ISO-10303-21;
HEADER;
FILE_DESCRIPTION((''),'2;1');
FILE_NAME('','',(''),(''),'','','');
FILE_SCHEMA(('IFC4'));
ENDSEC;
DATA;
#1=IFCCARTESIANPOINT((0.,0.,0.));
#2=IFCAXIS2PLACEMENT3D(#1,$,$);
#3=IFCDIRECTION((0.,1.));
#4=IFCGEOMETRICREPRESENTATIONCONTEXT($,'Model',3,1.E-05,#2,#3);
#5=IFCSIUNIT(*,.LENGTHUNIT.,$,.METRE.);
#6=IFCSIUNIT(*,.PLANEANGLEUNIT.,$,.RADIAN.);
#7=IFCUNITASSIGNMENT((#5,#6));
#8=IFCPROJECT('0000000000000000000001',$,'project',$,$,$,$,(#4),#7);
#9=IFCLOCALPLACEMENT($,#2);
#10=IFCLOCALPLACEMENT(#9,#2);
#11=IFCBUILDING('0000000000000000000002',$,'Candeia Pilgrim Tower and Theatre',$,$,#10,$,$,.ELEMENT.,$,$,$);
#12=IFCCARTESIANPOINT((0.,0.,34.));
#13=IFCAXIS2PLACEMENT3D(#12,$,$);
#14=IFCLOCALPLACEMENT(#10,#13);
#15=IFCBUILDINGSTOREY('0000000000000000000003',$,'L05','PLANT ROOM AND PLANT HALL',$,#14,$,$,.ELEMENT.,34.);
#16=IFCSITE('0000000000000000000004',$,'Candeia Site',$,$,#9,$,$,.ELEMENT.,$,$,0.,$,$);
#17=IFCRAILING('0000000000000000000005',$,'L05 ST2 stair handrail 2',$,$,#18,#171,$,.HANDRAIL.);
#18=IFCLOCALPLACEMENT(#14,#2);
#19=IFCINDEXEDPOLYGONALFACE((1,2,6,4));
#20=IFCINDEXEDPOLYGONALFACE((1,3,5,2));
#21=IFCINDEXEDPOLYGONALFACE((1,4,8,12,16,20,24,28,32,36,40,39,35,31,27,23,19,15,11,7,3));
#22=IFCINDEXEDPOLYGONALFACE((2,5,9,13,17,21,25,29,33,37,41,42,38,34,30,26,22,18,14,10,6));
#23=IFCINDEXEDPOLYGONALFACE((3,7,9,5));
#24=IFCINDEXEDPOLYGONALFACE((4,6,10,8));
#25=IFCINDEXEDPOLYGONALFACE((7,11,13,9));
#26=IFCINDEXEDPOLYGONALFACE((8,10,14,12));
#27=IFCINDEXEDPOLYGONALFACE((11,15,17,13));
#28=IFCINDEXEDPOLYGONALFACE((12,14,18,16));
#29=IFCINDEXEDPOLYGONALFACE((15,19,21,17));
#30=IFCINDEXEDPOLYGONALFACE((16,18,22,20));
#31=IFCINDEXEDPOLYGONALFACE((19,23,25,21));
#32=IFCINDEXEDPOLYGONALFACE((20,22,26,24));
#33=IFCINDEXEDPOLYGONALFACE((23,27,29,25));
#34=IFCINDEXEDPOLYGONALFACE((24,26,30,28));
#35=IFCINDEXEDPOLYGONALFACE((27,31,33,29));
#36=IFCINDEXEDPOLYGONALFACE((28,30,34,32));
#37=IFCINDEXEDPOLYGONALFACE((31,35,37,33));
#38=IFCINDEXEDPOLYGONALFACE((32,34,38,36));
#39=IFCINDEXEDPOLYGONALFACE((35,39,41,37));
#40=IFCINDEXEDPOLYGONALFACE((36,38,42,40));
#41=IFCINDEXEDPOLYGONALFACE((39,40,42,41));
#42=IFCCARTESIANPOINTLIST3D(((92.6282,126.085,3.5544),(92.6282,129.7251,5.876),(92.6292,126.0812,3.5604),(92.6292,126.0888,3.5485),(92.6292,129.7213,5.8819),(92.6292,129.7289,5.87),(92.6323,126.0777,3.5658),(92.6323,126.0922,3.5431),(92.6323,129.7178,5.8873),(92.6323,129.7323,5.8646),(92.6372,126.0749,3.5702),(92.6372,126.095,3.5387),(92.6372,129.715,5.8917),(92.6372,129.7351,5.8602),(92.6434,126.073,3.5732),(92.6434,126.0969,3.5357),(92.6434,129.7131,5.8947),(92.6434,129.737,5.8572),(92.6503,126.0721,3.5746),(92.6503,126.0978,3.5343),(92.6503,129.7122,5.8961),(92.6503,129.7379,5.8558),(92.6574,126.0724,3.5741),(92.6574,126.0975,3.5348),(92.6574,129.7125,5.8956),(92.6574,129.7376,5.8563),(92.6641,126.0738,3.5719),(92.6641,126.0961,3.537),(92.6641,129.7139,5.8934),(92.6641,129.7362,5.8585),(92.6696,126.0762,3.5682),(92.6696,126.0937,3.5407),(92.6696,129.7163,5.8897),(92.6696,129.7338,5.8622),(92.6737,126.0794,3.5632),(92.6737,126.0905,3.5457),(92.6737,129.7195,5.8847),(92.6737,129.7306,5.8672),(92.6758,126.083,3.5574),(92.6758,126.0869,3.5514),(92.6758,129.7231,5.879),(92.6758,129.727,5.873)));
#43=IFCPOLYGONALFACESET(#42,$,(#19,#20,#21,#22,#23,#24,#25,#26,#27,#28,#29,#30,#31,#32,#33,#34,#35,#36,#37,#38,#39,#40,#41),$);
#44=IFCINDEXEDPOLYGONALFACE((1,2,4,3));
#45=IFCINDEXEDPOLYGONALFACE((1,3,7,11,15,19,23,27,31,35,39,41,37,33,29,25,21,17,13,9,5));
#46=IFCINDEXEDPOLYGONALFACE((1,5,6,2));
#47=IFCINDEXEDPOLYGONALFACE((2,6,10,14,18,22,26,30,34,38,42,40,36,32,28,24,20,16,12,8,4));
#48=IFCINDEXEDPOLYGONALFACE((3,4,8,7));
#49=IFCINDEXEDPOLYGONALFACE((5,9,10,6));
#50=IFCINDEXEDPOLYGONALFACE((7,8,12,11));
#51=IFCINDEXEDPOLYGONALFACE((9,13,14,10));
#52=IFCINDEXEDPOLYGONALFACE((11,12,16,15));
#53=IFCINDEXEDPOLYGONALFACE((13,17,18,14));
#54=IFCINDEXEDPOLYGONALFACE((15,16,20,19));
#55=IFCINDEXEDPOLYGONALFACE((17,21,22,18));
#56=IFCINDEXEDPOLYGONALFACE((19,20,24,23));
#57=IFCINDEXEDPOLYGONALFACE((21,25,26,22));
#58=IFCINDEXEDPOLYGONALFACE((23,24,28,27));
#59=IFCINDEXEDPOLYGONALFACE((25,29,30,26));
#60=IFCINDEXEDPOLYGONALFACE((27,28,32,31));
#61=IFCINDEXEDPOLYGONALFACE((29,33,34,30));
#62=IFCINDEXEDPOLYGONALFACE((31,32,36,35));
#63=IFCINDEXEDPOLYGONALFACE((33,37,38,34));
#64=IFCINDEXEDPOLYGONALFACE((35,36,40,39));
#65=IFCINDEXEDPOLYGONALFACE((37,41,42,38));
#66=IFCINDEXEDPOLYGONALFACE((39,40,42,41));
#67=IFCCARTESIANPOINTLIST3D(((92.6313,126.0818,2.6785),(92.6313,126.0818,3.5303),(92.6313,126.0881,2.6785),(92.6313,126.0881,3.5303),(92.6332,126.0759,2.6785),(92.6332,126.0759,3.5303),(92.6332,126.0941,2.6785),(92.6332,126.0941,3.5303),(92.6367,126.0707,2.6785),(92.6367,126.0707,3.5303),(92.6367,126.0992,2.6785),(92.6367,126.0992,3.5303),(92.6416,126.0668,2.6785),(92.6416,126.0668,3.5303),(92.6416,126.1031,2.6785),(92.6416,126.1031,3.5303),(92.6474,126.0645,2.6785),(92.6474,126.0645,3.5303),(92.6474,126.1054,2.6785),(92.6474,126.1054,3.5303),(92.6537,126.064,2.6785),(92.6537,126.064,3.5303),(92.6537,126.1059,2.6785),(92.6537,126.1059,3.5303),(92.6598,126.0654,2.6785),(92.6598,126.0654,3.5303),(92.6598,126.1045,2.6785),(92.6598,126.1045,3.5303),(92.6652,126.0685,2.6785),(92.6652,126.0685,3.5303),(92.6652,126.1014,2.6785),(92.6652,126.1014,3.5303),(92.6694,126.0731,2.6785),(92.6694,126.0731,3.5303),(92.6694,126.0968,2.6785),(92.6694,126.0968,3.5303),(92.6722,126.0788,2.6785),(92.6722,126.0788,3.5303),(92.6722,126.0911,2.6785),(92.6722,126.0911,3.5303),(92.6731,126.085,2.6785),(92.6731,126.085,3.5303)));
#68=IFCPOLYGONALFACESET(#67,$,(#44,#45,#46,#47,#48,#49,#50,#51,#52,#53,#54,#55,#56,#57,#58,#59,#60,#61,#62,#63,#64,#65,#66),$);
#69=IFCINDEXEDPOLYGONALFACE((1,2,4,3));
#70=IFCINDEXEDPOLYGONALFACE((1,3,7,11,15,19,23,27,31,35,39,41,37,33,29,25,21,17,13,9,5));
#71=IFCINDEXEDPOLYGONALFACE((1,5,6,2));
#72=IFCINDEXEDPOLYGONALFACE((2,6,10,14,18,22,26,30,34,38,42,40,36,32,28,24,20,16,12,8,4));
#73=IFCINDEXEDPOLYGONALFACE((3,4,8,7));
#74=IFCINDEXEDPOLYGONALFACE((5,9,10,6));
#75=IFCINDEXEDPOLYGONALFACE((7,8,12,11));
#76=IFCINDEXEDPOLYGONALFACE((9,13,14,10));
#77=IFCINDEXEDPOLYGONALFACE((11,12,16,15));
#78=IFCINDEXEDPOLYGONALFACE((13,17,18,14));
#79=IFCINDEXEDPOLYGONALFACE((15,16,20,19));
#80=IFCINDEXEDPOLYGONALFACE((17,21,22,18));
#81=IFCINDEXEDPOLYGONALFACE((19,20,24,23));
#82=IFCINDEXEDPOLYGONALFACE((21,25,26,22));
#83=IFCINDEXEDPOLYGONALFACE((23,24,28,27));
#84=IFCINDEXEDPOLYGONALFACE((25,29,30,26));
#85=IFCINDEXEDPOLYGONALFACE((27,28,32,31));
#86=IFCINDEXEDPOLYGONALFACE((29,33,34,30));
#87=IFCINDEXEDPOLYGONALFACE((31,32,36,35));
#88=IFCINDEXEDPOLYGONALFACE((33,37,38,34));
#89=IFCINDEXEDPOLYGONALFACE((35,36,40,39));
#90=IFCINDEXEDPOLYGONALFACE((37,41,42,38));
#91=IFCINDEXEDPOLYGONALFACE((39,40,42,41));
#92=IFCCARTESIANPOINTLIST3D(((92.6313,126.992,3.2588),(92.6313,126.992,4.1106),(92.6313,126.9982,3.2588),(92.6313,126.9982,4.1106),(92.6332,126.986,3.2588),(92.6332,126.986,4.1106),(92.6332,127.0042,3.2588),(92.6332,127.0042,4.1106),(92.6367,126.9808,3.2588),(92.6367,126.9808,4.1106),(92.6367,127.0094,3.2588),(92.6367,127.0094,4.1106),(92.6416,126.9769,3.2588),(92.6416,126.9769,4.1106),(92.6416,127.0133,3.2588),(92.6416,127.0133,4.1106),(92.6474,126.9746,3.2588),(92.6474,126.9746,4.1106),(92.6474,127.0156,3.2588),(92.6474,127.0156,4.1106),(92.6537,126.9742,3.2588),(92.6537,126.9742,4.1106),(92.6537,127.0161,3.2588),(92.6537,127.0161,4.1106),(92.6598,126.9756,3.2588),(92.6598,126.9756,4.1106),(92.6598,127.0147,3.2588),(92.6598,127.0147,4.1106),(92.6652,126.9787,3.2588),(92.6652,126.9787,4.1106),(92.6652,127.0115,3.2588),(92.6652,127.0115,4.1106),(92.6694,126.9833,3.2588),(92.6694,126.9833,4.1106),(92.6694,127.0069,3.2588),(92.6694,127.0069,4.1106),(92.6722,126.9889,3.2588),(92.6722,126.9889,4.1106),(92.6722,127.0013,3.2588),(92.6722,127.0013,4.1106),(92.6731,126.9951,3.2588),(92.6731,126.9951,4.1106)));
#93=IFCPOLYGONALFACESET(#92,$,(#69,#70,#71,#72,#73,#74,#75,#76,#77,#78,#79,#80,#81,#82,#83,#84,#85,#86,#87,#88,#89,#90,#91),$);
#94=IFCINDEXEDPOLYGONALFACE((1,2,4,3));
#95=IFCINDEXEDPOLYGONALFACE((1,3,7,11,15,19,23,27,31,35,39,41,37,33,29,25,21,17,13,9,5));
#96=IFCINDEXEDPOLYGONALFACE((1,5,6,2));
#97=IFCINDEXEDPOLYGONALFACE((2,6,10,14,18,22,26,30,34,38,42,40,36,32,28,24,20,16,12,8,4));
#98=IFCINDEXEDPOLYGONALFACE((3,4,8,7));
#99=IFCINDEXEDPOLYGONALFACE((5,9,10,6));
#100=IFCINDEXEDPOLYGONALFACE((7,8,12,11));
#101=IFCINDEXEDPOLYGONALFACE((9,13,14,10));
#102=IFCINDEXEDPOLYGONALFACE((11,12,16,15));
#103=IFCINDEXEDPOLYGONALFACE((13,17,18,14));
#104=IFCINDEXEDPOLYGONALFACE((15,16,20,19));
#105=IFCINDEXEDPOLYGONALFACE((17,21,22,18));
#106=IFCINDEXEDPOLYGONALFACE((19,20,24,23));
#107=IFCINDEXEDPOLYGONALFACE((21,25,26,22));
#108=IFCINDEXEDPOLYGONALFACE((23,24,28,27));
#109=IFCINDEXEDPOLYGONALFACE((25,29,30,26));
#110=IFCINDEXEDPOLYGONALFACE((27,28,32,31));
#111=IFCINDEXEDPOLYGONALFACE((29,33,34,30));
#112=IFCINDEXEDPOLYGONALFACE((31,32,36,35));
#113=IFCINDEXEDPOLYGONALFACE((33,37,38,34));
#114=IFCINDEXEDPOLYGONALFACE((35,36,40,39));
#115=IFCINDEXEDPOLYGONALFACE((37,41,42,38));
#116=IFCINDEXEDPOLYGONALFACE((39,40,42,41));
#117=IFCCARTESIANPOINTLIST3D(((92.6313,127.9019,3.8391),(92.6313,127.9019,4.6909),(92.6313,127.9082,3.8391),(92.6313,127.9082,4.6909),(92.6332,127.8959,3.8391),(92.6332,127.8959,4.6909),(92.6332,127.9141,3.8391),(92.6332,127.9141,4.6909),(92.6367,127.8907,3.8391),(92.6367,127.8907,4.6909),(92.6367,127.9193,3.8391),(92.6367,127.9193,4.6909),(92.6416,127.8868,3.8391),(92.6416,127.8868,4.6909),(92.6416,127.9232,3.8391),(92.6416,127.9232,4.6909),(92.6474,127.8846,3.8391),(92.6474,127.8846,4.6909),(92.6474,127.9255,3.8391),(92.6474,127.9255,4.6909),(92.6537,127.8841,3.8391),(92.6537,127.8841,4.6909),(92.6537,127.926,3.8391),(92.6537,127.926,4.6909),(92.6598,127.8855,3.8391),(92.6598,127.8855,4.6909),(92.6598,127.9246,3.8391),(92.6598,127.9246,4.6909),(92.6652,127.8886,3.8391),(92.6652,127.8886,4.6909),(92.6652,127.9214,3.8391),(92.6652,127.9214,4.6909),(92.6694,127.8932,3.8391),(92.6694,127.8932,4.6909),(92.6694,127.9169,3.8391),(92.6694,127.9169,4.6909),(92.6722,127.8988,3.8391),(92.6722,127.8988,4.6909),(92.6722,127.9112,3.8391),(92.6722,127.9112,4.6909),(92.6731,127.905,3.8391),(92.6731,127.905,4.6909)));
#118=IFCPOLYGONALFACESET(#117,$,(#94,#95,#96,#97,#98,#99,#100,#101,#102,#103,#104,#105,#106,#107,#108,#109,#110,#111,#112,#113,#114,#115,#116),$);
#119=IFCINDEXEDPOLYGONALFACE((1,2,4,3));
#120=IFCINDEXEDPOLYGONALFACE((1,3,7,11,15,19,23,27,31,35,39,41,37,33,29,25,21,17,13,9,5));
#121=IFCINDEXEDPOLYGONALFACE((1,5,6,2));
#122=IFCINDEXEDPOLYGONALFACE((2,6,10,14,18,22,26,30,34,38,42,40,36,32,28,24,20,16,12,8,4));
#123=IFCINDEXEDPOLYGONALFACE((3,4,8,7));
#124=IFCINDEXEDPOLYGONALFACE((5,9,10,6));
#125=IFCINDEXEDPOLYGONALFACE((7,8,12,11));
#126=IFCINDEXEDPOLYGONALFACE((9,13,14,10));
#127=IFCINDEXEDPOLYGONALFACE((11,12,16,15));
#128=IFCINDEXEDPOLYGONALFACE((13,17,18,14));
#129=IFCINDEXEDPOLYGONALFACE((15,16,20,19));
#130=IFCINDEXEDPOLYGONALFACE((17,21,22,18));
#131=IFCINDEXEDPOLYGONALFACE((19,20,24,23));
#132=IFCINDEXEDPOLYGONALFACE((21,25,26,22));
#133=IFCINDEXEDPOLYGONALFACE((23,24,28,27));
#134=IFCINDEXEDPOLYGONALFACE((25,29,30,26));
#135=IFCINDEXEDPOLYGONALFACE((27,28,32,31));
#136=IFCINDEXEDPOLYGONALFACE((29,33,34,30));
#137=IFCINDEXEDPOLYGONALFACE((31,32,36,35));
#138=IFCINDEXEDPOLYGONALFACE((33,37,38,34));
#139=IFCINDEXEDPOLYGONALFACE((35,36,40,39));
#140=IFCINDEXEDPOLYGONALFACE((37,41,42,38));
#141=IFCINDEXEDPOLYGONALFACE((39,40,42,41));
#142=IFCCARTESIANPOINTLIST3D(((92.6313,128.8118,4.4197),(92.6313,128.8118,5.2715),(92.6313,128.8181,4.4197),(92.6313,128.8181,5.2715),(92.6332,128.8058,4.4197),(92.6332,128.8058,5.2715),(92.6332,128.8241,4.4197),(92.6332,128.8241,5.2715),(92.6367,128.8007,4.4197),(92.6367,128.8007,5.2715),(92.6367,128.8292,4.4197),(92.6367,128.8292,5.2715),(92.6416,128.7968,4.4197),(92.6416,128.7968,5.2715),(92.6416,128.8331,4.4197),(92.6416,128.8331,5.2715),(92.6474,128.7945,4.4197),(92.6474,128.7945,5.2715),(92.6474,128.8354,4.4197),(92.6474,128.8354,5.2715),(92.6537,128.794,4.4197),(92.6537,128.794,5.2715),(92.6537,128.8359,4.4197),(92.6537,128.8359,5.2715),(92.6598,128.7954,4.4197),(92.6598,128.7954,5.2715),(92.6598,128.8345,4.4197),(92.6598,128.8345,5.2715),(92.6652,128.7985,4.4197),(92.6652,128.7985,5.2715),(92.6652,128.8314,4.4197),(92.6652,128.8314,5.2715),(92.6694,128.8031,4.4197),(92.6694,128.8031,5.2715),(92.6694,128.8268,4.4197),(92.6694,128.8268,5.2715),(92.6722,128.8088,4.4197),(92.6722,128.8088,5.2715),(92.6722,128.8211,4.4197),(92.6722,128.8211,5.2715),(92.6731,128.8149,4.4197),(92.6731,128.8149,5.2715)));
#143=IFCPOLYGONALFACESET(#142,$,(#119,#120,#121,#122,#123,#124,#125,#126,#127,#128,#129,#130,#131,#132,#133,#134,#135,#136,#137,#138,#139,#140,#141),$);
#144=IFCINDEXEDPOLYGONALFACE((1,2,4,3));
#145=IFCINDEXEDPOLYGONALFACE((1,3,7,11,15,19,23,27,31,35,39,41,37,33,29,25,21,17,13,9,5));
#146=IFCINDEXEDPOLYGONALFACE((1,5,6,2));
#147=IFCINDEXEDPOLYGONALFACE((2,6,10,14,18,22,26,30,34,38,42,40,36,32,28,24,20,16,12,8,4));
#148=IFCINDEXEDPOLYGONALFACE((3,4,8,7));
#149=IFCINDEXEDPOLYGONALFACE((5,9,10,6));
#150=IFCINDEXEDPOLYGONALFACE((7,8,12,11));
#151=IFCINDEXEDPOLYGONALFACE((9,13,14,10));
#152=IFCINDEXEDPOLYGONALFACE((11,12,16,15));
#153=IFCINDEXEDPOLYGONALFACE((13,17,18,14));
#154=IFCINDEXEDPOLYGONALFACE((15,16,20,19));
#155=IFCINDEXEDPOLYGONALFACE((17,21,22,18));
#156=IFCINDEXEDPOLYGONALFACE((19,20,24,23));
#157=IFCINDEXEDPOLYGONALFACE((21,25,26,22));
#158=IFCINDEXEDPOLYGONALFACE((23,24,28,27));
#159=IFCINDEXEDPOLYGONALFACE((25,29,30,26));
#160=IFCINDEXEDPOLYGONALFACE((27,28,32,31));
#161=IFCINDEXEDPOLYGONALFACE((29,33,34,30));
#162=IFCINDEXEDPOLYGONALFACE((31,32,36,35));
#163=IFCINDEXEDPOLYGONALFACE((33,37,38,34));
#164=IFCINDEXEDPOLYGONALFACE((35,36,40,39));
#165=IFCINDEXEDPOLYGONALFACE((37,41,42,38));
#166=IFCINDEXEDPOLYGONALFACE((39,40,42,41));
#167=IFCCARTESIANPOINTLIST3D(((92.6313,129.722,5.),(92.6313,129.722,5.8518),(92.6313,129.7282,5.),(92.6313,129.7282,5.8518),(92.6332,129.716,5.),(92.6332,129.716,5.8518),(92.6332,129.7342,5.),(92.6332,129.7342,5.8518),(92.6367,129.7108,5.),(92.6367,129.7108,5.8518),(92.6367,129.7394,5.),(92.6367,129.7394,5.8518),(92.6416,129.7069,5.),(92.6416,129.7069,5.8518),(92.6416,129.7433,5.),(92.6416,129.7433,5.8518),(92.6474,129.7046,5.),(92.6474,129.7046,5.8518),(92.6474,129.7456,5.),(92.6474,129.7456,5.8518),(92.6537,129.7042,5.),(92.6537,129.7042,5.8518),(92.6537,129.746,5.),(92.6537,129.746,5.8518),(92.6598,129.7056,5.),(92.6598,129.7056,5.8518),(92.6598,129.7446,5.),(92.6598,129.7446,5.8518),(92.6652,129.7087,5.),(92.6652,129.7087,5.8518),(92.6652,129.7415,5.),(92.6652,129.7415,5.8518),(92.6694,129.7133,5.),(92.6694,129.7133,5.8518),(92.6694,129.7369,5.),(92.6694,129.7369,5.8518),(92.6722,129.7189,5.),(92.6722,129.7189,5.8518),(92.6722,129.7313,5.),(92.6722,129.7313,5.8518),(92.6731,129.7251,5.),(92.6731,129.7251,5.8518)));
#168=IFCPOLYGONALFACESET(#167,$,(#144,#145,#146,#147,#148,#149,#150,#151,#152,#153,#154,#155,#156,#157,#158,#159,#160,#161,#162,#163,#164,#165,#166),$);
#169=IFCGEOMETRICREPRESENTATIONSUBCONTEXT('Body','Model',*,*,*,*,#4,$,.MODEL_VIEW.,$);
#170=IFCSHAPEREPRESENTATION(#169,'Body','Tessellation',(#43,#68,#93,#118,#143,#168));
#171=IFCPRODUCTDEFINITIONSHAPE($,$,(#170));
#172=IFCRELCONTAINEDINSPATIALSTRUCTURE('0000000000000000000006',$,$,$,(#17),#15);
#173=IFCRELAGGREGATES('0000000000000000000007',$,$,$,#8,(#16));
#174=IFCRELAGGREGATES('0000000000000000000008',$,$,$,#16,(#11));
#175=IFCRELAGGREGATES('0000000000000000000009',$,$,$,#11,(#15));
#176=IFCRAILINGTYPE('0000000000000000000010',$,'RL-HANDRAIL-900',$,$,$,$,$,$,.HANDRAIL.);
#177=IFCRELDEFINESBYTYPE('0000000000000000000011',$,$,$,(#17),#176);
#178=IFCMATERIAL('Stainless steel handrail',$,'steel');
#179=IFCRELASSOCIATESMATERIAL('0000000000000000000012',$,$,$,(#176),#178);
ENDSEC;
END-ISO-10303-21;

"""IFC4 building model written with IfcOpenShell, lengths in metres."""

from ifc_helpers import new_model, si_unit, direction, frame, origin, origin_2d, place, context, subcontext, project, spatial, circle, extrude, material, type_object, element, save


model = new_model("IFC4")

# Units and contexts
model_context = context("Model", 3, precision=1e-05, world=origin(), true_north=direction((0.0, 1.0)))
body_context = subcontext(model_context, "Body", "Model", "MODEL_VIEW")
ifc_project = project(units=[si_unit("LENGTHUNIT", "METRE"), si_unit("PLANEANGLEUNIT", "RADIAN")], contexts=[model_context])

# Site, building, storey
site_placement = place(None, origin())
site = spatial("IfcSite", under=ifc_project, at=site_placement, Name="Candeia Site", CompositionType="ELEMENT", RefElevation=0.0)
building_placement = place(site_placement, origin())
building = spatial("IfcBuilding", under=site, at=building_placement, Name="Candeia Pilgrim Tower and Theatre", CompositionType="ELEMENT")
storey_placement = place(building_placement, frame((0.0, 0.0, 34.0)))
storey = spatial("IfcBuildingStorey", under=building, at=storey_placement, Name="L05", Description="PLANT ROOM AND PLANT HALL", CompositionType="ELEMENT", Elevation=34.0)

# Railing
ifc_material_1 = material(Name="Stainless steel handrail", Category="steel")
railing_type_1 = type_object("IfcRailingType", Name="RL-HANDRAIL-900", PredefinedType="HANDRAIL", material=ifc_material_1)
railing_1_placement = place(storey_placement, frame((92.6521, 126.085, 2.6785)))
element("IfcRailing", 1, at=railing_1_placement, inside=storey, type_object=railing_type_1, Name="L05 ST2 stair handrail 2", PredefinedType="HANDRAIL", context=body_context, shape_type="SweptSolid", body=[
    extrude(circle(Radius=0.0239, at=origin_2d()), frame((0.0, 0.0, 0.876), z_axis=(0.0, 0.843128, 0.537713), x_axis=(-1.0, 0.0, 0.0)), (0.0, 0.0, 1.0), 4.3174),
    extrude(circle(Radius=0.021, at=origin_2d()), origin(), (0.0, 0.0, 1.0), 0.8518),
    extrude(circle(Radius=0.021, at=origin_2d()), frame((0.0, 0.9102, 0.5803)), (0.0, 0.0, 1.0), 0.8518),
    extrude(circle(Radius=0.021, at=origin_2d()), frame((0.0, 1.8201, 1.1606)), (0.0, 0.0, 1.0), 0.8518),
    extrude(circle(Radius=0.021, at=origin_2d()), frame((0.0, 2.73, 1.7412)), (0.0, 0.0, 1.0), 0.8518),
    extrude(circle(Radius=0.021, at=origin_2d()), frame((0.0, 3.6401, 2.3215)), (0.0, 0.0, 1.0), 0.8518),
])

save(model, "model.ifc")
